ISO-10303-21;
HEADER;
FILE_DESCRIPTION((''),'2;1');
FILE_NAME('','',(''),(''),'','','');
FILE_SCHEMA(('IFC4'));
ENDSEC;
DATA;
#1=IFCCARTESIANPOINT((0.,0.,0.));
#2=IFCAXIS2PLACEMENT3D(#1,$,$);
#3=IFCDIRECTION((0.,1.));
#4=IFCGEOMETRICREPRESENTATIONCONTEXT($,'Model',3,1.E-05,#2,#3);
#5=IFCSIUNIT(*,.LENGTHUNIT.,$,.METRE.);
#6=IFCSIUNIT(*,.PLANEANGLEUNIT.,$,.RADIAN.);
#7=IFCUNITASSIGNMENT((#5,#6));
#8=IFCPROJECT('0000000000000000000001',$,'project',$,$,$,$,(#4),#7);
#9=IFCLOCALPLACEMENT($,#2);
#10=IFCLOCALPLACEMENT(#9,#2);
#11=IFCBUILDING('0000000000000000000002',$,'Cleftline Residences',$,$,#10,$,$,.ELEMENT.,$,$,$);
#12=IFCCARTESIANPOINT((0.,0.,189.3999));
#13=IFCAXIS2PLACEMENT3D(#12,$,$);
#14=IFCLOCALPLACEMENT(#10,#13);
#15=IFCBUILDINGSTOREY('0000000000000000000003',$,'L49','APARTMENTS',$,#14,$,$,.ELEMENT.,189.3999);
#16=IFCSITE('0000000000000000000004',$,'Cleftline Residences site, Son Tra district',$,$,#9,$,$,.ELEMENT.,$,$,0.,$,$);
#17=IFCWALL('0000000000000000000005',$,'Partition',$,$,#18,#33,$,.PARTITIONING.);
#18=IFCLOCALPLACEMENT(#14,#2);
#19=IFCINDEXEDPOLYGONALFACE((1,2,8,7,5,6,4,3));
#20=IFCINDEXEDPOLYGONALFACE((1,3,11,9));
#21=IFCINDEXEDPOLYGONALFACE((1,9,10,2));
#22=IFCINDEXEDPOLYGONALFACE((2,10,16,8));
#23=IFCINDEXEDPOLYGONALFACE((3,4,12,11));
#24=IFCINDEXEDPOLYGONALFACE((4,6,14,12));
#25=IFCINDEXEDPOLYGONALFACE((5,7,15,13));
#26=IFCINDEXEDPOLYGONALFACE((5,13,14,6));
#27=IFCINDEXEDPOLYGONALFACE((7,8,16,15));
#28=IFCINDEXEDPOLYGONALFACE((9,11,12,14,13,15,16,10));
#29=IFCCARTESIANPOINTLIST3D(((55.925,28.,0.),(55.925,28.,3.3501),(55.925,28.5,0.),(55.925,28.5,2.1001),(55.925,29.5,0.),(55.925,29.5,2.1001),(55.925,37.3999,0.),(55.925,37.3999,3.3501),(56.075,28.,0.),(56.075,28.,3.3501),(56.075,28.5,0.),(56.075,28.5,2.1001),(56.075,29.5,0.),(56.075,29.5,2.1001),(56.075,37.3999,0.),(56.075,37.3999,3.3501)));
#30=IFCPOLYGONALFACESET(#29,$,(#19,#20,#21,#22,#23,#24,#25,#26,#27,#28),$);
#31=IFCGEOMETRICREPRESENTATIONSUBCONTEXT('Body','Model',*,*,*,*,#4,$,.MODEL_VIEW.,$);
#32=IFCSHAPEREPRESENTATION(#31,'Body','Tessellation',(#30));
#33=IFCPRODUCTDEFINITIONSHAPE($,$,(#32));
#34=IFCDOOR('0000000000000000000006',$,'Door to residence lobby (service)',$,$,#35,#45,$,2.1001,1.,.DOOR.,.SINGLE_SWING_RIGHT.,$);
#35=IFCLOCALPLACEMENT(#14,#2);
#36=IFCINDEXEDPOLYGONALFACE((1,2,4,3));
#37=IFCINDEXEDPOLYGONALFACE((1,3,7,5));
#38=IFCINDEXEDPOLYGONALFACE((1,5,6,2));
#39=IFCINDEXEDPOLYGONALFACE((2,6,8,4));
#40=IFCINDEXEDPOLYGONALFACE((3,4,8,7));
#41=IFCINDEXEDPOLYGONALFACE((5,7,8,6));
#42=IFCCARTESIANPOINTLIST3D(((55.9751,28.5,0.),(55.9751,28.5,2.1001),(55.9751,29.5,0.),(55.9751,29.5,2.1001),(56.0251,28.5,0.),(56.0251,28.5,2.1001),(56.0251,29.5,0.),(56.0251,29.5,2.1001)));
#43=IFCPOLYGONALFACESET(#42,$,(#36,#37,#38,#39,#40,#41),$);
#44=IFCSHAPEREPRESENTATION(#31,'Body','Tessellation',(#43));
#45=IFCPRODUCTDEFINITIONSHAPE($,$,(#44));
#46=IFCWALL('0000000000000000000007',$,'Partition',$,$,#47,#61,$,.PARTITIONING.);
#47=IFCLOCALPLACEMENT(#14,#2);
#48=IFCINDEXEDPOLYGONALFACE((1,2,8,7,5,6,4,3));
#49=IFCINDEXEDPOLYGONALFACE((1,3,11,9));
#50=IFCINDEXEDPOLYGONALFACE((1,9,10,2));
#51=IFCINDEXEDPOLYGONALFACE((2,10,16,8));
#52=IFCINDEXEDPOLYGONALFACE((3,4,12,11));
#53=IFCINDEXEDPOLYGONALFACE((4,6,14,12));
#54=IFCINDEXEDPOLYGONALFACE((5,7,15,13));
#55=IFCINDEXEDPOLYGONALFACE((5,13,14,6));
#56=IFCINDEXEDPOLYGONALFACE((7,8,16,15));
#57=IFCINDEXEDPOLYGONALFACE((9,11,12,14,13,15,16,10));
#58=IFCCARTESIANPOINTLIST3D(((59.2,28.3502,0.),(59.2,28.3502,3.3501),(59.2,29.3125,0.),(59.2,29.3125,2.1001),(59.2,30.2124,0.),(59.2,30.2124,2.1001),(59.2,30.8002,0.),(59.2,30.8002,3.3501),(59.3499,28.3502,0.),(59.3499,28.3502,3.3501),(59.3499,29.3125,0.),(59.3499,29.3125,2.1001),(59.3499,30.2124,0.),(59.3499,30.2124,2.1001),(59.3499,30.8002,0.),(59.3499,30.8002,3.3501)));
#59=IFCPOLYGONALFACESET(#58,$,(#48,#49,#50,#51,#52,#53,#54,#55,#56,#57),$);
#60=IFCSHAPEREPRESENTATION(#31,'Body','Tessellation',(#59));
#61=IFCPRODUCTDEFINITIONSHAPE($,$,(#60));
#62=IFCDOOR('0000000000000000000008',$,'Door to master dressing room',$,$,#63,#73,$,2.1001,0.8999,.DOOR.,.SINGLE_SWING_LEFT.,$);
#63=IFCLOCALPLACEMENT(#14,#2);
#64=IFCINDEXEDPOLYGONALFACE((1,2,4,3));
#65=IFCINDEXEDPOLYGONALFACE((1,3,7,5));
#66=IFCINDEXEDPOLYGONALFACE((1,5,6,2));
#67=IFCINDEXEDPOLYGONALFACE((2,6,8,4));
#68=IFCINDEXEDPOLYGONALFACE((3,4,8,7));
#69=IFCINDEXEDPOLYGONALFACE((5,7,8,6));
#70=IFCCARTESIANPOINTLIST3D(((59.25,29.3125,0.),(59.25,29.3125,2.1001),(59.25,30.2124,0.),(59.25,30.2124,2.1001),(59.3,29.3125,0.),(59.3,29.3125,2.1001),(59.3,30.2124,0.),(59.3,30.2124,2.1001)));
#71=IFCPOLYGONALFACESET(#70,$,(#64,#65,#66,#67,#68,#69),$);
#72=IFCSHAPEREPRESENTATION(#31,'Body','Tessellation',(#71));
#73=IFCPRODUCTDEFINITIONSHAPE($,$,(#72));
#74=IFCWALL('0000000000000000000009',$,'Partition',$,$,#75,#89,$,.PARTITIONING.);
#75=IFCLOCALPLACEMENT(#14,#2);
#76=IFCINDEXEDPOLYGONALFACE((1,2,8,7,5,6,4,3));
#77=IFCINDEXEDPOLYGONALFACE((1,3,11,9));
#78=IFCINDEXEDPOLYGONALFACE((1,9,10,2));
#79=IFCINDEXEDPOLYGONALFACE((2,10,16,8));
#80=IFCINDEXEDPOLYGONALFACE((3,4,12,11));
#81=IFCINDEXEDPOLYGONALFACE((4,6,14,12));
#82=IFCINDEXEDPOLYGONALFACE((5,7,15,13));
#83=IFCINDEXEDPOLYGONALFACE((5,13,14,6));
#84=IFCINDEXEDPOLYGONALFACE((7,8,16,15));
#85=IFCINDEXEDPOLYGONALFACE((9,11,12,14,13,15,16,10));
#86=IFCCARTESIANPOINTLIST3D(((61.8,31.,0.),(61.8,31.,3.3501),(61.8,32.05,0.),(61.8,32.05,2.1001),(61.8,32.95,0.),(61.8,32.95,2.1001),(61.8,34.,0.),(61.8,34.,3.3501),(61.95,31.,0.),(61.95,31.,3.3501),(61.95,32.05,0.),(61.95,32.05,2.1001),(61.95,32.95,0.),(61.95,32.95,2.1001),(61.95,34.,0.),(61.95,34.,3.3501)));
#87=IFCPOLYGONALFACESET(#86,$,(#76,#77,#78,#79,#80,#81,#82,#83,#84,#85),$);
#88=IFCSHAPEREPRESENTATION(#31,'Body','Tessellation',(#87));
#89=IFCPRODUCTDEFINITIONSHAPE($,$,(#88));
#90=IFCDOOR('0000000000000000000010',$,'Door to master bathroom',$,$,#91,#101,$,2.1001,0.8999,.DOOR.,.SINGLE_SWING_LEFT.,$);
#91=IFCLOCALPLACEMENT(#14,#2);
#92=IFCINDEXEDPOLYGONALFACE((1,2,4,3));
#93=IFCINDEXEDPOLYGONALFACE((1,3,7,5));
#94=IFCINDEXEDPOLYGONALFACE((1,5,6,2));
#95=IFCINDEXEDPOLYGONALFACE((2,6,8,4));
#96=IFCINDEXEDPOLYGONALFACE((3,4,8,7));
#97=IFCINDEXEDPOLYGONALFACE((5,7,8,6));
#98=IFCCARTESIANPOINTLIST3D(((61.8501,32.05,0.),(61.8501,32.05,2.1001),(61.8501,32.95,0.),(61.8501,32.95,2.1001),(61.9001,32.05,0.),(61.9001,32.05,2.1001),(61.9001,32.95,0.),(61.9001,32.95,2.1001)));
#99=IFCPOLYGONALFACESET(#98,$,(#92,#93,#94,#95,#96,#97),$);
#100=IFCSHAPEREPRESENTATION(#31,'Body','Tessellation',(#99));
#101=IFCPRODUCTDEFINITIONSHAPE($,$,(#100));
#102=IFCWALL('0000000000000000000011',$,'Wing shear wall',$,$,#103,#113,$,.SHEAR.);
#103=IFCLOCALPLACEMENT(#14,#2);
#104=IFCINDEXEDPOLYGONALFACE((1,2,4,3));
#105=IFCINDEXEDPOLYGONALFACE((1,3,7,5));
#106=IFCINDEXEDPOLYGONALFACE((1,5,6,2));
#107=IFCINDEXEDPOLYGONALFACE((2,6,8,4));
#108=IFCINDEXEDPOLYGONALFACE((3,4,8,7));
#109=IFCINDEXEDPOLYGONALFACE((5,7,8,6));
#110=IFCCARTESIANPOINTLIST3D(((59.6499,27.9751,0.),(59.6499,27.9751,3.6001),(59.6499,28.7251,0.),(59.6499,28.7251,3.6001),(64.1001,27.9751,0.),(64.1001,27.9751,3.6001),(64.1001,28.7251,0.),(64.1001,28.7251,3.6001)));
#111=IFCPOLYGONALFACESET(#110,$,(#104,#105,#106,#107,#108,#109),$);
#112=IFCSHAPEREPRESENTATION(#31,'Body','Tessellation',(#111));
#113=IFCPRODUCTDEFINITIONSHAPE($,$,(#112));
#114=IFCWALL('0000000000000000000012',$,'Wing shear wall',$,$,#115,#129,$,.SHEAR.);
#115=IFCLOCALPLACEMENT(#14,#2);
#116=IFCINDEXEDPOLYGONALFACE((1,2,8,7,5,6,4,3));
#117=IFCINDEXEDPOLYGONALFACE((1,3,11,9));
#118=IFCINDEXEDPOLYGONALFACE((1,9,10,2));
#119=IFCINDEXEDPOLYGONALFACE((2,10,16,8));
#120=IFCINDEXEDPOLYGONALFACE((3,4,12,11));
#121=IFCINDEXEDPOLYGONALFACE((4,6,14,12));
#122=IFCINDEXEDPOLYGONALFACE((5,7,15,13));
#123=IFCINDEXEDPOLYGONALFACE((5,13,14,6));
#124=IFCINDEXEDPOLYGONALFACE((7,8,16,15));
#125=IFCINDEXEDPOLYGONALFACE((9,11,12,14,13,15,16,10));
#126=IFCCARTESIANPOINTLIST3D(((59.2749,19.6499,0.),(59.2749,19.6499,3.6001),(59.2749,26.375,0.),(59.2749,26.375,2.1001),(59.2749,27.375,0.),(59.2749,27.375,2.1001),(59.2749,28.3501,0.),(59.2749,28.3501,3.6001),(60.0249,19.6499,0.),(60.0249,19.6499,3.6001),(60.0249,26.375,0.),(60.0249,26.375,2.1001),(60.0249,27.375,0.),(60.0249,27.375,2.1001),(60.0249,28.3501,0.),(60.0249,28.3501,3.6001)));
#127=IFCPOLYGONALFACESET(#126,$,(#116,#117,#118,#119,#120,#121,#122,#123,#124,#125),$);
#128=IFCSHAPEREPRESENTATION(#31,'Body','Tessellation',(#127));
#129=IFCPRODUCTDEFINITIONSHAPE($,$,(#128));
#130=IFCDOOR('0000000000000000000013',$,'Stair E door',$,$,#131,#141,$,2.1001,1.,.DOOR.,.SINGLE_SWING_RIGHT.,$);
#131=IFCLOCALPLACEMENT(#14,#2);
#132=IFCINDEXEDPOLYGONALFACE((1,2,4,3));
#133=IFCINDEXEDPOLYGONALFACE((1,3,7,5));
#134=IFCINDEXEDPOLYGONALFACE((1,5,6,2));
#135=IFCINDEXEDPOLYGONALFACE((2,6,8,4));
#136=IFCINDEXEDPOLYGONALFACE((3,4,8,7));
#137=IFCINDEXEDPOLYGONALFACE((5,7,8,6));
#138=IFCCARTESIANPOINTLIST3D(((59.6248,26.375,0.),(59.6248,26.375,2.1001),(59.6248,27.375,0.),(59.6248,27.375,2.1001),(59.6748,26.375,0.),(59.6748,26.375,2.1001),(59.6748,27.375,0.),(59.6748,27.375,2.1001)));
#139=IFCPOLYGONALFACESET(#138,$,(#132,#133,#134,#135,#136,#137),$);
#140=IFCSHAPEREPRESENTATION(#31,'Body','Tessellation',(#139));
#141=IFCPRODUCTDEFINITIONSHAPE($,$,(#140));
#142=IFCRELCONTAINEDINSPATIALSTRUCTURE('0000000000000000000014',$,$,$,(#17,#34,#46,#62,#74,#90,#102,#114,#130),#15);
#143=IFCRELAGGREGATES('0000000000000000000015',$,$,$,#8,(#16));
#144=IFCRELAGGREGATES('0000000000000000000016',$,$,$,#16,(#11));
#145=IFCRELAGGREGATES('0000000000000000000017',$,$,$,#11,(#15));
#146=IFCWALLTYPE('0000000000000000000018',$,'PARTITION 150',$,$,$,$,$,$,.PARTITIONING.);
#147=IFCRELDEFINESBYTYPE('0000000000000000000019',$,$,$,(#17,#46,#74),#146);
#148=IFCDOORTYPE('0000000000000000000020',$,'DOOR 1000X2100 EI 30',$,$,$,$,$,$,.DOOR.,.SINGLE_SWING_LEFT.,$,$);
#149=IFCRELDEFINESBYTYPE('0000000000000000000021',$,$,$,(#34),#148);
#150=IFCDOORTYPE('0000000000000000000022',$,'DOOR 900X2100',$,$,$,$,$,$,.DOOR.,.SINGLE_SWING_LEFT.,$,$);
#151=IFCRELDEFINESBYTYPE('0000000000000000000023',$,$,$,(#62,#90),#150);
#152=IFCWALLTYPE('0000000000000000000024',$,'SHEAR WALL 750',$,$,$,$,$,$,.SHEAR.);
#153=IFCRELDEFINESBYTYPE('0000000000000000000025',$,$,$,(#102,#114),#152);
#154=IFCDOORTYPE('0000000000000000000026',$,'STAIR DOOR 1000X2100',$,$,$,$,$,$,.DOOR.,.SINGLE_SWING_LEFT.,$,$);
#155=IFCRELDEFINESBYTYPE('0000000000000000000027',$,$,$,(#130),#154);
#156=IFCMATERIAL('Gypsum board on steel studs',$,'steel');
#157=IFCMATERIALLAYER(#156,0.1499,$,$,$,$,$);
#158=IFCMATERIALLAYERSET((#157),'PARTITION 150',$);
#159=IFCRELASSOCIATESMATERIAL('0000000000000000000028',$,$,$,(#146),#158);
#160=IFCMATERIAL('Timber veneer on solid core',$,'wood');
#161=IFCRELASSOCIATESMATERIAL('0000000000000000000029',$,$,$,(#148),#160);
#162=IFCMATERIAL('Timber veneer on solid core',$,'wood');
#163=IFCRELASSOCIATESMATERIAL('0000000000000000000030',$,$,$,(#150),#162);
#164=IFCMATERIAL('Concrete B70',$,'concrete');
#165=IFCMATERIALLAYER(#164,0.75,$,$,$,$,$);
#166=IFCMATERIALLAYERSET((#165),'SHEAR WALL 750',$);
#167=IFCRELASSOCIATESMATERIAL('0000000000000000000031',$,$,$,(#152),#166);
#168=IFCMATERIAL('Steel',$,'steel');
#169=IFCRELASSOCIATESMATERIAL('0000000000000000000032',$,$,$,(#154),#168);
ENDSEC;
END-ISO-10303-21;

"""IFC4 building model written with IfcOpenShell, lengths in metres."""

from ifc_helpers import new_model, si_unit, direction, frame, frame_2d, origin, place, context, subcontext, project, spatial, rectangle, extrude, material, layer, layer_set, type_object, element, fill, save


model = new_model("IFC4")

# Units and contexts
model_context = context("Model", 3, precision=1e-05, world=origin(), true_north=direction((0.0, 1.0)))
body_context = subcontext(model_context, "Body", "Model", "MODEL_VIEW")
ifc_project = project(units=[si_unit("LENGTHUNIT", "METRE"), si_unit("PLANEANGLEUNIT", "RADIAN")], contexts=[model_context])

# Site, building, storey
site_placement = place(None, origin())
site = spatial("IfcSite", under=ifc_project, at=site_placement, Name="Cleftline Residences site, Son Tra district", CompositionType="ELEMENT", RefElevation=0.0)
building_placement = place(site_placement, origin())
building = spatial("IfcBuilding", under=site, at=building_placement, Name="Cleftline Residences", CompositionType="ELEMENT")
storey_placement = place(building_placement, frame((0.0, 0.0, 189.3999)))
storey = spatial("IfcBuildingStorey", under=building, at=storey_placement, Name="L49", Description="APARTMENTS", CompositionType="ELEMENT", Elevation=189.3999)

# Shared definitions
ifc_material_1 = material(Name="Gypsum board on steel studs", Category="steel")
ifc_layer_1 = layer(ifc_material_1, 0.1499)
ifc_layer_set_1 = layer_set([ifc_layer_1], Name="PARTITION 150")
wall_type_1 = type_object("IfcWallType", Name="PARTITION 150", PredefinedType="PARTITIONING", material=ifc_layer_set_1)

# Walls, openings, doors
wall_1_placement = place(storey_placement, frame((56.0, 28.0, 0.0), z_axis=(0.0, 0.0, 1.0), x_axis=(0.0, 1.0, 0.0)))
wall_1 = element("IfcWall", 1, at=wall_1_placement, inside=storey, type_object=wall_type_1, Name="Partition", PredefinedType="PARTITIONING", context=body_context, shape_type="SweptSolid", body=[
    extrude(rectangle(XDim=9.3999, YDim=0.1499, at=frame_2d((4.7, 0.0))), origin(), (0.0, 0.0, 1.0), 3.3501),
])
opening_1_placement = place(wall_1_placement, frame((0.5, 0.0, 0.0)))
opening_1 = element("IfcOpeningElement", 2, at=opening_1_placement, cuts=wall_1, PredefinedType="OPENING", context=body_context, shape_type="SweptSolid", body=[
    extrude(rectangle(XDim=1.0, YDim=2.1001, at=frame_2d((0.5, 1.05))), frame((0.0, 0.085, 0.0), z_axis=(0.0, -1.0, 0.0), x_axis=(1.0, 0.0, 0.0)), (0.0, 0.0, 1.0), 0.1699),
])
ifc_material_2 = material(Name="Timber veneer on solid core", Category="wood")
door_type_1 = type_object("IfcDoorType", Name="DOOR 1000X2100 EI 30", OperationType="SINGLE_SWING_LEFT", PredefinedType="DOOR", material=ifc_material_2)
door_1_placement = place(opening_1_placement, origin())
door_1 = element("IfcDoor", 3, at=door_1_placement, inside=storey, type_object=door_type_1, Name="Door to residence lobby (service)", OperationType="SINGLE_SWING_RIGHT", OverallHeight=2.1001, OverallWidth=1.0, PredefinedType="DOOR", context=body_context, shape_type="SweptSolid", body=[
    extrude(rectangle(XDim=1.0, YDim=2.1001, at=frame_2d((0.5, 1.05))), frame((0.0, 0.0249, 0.0), z_axis=(0.0, -1.0, 0.0), x_axis=(1.0, 0.0, 0.0)), (0.0, 0.0, 1.0), 0.05),
])
fill(opening_1, door_1)
wall_2_placement = place(storey_placement, frame((59.2749, 28.3501, 0.0), z_axis=(0.0, 0.0, 1.0), x_axis=(0.0, 1.0, 0.0)))
wall_2 = element("IfcWall", 4, at=wall_2_placement, inside=storey, type_object=wall_type_1, Name="Partition", PredefinedType="PARTITIONING", context=body_context, shape_type="SweptSolid", body=[
    extrude(rectangle(XDim=2.45, YDim=0.1499, at=frame_2d((1.2251, 0.0))), origin(), (0.0, 0.0, 1.0), 3.3501),
])
opening_2_placement = place(wall_2_placement, frame((0.9624, 0.0, 0.0)))
opening_2 = element("IfcOpeningElement", 5, at=opening_2_placement, cuts=wall_2, PredefinedType="OPENING", context=body_context, shape_type="SweptSolid", body=[
    extrude(rectangle(XDim=0.8999, YDim=2.1001, at=frame_2d((0.45, 1.05))), frame((0.0, 0.085, 0.0), z_axis=(0.0, -1.0, 0.0), x_axis=(1.0, 0.0, 0.0)), (0.0, 0.0, 1.0), 0.1699),
])
ifc_material_3 = material(Name="Timber veneer on solid core", Category="wood")
door_type_2 = type_object("IfcDoorType", Name="DOOR 900X2100", OperationType="SINGLE_SWING_LEFT", PredefinedType="DOOR", material=ifc_material_3)
door_2_placement = place(opening_2_placement, origin())
door_2 = element("IfcDoor", 6, at=door_2_placement, inside=storey, type_object=door_type_2, Name="Door to master dressing room", OperationType="SINGLE_SWING_LEFT", OverallHeight=2.1001, OverallWidth=0.8999, PredefinedType="DOOR", context=body_context, shape_type="SweptSolid", body=[
    extrude(rectangle(XDim=0.8999, YDim=2.1001, at=frame_2d((0.45, 1.05))), frame((0.0, 0.0249, 0.0), z_axis=(0.0, -1.0, 0.0), x_axis=(1.0, 0.0, 0.0)), (0.0, 0.0, 1.0), 0.05),
])
fill(opening_2, door_2)
wall_3_placement = place(storey_placement, frame((61.875, 31.0, 0.0), z_axis=(0.0, 0.0, 1.0), x_axis=(0.0, 1.0, 0.0)))
wall_3 = element("IfcWall", 7, at=wall_3_placement, inside=storey, type_object=wall_type_1, Name="Partition", PredefinedType="PARTITIONING", context=body_context, shape_type="SweptSolid", body=[
    extrude(rectangle(XDim=3.0, YDim=0.1499, at=frame_2d((1.5, 0.0))), origin(), (0.0, 0.0, 1.0), 3.3501),
])
opening_3_placement = place(wall_3_placement, frame((1.05, 0.0, 0.0)))
opening_3 = element("IfcOpeningElement", 8, at=opening_3_placement, cuts=wall_3, PredefinedType="OPENING", context=body_context, shape_type="SweptSolid", body=[
    extrude(rectangle(XDim=0.8999, YDim=2.1001, at=frame_2d((0.45, 1.05))), frame((0.0, 0.085, 0.0), z_axis=(0.0, -1.0, 0.0), x_axis=(1.0, 0.0, 0.0)), (0.0, 0.0, 1.0), 0.1699),
])
door_3_placement = place(opening_3_placement, origin())
door_3 = element("IfcDoor", 9, at=door_3_placement, inside=storey, type_object=door_type_2, Name="Door to master bathroom", OperationType="SINGLE_SWING_LEFT", OverallHeight=2.1001, OverallWidth=0.8999, PredefinedType="DOOR", context=body_context, shape_type="SweptSolid", body=[
    extrude(rectangle(XDim=0.8999, YDim=2.1001, at=frame_2d((0.45, 1.05))), frame((0.0, 0.0249, 0.0), z_axis=(0.0, -1.0, 0.0), x_axis=(1.0, 0.0, 0.0)), (0.0, 0.0, 1.0), 0.05),
])
fill(opening_3, door_3)

# Wall
ifc_material_4 = material(Name="Concrete B70", Category="concrete")
ifc_layer_2 = layer(ifc_material_4, 0.75)
ifc_layer_set_2 = layer_set([ifc_layer_2], Name="SHEAR WALL 750")
wall_type_2 = type_object("IfcWallType", Name="SHEAR WALL 750", PredefinedType="SHEAR", material=ifc_layer_set_2)
wall_4_placement = place(storey_placement, frame((64.1001, 28.3501, 0.0), z_axis=(0.0, 0.0, 1.0), x_axis=(-1.0, 0.0, 0.0)))
element("IfcWall", 10, at=wall_4_placement, inside=storey, type_object=wall_type_2, Name="Wing shear wall", PredefinedType="SHEAR", context=body_context, shape_type="SweptSolid", body=[
    extrude(rectangle(XDim=4.4502, YDim=0.75, at=frame_2d((2.2251, 0.0))), origin(), (0.0, 0.0, 1.0), 3.6001),
])

# Wall, opening, door
wall_5_placement = place(storey_placement, frame((59.6499, 28.3501, 0.0), z_axis=(0.0, 0.0, 1.0), x_axis=(0.0, -1.0, 0.0)))
wall_5 = element("IfcWall", 11, at=wall_5_placement, inside=storey, type_object=wall_type_2, Name="Wing shear wall", PredefinedType="SHEAR", context=body_context, shape_type="SweptSolid", body=[
    extrude(rectangle(XDim=8.7002, YDim=0.75, at=frame_2d((4.3501, 0.0))), origin(), (0.0, 0.0, 1.0), 3.6001),
])
opening_4_placement = place(wall_5_placement, frame((0.9751, 0.0, 0.0)))
opening_4 = element("IfcOpeningElement", 12, at=opening_4_placement, cuts=wall_5, PredefinedType="OPENING", context=body_context, shape_type="SweptSolid", body=[
    extrude(rectangle(XDim=1.0, YDim=2.1001, at=frame_2d((0.5, 1.05))), frame((0.0, 0.385, 0.0), z_axis=(0.0, -1.0, 0.0), x_axis=(1.0, 0.0, 0.0)), (0.0, 0.0, 1.0), 0.77),
])
ifc_material_5 = material(Name="Steel", Category="steel")
door_type_3 = type_object("IfcDoorType", Name="STAIR DOOR 1000X2100", OperationType="SINGLE_SWING_LEFT", PredefinedType="DOOR", material=ifc_material_5)
door_4_placement = place(opening_4_placement, origin())
door_4 = element("IfcDoor", 13, at=door_4_placement, inside=storey, type_object=door_type_3, Name="Stair E door", OperationType="SINGLE_SWING_RIGHT", OverallHeight=2.1001, OverallWidth=1.0, PredefinedType="DOOR", context=body_context, shape_type="SweptSolid", body=[
    extrude(rectangle(XDim=1.0, YDim=2.1001, at=frame_2d((0.5, 1.05))), frame((0.0, 0.0249, 0.0), z_axis=(0.0, -1.0, 0.0), x_axis=(1.0, 0.0, 0.0)), (0.0, 0.0, 1.0), 0.05),
])
fill(opening_4, door_4)

save(model, "model.ifc")
